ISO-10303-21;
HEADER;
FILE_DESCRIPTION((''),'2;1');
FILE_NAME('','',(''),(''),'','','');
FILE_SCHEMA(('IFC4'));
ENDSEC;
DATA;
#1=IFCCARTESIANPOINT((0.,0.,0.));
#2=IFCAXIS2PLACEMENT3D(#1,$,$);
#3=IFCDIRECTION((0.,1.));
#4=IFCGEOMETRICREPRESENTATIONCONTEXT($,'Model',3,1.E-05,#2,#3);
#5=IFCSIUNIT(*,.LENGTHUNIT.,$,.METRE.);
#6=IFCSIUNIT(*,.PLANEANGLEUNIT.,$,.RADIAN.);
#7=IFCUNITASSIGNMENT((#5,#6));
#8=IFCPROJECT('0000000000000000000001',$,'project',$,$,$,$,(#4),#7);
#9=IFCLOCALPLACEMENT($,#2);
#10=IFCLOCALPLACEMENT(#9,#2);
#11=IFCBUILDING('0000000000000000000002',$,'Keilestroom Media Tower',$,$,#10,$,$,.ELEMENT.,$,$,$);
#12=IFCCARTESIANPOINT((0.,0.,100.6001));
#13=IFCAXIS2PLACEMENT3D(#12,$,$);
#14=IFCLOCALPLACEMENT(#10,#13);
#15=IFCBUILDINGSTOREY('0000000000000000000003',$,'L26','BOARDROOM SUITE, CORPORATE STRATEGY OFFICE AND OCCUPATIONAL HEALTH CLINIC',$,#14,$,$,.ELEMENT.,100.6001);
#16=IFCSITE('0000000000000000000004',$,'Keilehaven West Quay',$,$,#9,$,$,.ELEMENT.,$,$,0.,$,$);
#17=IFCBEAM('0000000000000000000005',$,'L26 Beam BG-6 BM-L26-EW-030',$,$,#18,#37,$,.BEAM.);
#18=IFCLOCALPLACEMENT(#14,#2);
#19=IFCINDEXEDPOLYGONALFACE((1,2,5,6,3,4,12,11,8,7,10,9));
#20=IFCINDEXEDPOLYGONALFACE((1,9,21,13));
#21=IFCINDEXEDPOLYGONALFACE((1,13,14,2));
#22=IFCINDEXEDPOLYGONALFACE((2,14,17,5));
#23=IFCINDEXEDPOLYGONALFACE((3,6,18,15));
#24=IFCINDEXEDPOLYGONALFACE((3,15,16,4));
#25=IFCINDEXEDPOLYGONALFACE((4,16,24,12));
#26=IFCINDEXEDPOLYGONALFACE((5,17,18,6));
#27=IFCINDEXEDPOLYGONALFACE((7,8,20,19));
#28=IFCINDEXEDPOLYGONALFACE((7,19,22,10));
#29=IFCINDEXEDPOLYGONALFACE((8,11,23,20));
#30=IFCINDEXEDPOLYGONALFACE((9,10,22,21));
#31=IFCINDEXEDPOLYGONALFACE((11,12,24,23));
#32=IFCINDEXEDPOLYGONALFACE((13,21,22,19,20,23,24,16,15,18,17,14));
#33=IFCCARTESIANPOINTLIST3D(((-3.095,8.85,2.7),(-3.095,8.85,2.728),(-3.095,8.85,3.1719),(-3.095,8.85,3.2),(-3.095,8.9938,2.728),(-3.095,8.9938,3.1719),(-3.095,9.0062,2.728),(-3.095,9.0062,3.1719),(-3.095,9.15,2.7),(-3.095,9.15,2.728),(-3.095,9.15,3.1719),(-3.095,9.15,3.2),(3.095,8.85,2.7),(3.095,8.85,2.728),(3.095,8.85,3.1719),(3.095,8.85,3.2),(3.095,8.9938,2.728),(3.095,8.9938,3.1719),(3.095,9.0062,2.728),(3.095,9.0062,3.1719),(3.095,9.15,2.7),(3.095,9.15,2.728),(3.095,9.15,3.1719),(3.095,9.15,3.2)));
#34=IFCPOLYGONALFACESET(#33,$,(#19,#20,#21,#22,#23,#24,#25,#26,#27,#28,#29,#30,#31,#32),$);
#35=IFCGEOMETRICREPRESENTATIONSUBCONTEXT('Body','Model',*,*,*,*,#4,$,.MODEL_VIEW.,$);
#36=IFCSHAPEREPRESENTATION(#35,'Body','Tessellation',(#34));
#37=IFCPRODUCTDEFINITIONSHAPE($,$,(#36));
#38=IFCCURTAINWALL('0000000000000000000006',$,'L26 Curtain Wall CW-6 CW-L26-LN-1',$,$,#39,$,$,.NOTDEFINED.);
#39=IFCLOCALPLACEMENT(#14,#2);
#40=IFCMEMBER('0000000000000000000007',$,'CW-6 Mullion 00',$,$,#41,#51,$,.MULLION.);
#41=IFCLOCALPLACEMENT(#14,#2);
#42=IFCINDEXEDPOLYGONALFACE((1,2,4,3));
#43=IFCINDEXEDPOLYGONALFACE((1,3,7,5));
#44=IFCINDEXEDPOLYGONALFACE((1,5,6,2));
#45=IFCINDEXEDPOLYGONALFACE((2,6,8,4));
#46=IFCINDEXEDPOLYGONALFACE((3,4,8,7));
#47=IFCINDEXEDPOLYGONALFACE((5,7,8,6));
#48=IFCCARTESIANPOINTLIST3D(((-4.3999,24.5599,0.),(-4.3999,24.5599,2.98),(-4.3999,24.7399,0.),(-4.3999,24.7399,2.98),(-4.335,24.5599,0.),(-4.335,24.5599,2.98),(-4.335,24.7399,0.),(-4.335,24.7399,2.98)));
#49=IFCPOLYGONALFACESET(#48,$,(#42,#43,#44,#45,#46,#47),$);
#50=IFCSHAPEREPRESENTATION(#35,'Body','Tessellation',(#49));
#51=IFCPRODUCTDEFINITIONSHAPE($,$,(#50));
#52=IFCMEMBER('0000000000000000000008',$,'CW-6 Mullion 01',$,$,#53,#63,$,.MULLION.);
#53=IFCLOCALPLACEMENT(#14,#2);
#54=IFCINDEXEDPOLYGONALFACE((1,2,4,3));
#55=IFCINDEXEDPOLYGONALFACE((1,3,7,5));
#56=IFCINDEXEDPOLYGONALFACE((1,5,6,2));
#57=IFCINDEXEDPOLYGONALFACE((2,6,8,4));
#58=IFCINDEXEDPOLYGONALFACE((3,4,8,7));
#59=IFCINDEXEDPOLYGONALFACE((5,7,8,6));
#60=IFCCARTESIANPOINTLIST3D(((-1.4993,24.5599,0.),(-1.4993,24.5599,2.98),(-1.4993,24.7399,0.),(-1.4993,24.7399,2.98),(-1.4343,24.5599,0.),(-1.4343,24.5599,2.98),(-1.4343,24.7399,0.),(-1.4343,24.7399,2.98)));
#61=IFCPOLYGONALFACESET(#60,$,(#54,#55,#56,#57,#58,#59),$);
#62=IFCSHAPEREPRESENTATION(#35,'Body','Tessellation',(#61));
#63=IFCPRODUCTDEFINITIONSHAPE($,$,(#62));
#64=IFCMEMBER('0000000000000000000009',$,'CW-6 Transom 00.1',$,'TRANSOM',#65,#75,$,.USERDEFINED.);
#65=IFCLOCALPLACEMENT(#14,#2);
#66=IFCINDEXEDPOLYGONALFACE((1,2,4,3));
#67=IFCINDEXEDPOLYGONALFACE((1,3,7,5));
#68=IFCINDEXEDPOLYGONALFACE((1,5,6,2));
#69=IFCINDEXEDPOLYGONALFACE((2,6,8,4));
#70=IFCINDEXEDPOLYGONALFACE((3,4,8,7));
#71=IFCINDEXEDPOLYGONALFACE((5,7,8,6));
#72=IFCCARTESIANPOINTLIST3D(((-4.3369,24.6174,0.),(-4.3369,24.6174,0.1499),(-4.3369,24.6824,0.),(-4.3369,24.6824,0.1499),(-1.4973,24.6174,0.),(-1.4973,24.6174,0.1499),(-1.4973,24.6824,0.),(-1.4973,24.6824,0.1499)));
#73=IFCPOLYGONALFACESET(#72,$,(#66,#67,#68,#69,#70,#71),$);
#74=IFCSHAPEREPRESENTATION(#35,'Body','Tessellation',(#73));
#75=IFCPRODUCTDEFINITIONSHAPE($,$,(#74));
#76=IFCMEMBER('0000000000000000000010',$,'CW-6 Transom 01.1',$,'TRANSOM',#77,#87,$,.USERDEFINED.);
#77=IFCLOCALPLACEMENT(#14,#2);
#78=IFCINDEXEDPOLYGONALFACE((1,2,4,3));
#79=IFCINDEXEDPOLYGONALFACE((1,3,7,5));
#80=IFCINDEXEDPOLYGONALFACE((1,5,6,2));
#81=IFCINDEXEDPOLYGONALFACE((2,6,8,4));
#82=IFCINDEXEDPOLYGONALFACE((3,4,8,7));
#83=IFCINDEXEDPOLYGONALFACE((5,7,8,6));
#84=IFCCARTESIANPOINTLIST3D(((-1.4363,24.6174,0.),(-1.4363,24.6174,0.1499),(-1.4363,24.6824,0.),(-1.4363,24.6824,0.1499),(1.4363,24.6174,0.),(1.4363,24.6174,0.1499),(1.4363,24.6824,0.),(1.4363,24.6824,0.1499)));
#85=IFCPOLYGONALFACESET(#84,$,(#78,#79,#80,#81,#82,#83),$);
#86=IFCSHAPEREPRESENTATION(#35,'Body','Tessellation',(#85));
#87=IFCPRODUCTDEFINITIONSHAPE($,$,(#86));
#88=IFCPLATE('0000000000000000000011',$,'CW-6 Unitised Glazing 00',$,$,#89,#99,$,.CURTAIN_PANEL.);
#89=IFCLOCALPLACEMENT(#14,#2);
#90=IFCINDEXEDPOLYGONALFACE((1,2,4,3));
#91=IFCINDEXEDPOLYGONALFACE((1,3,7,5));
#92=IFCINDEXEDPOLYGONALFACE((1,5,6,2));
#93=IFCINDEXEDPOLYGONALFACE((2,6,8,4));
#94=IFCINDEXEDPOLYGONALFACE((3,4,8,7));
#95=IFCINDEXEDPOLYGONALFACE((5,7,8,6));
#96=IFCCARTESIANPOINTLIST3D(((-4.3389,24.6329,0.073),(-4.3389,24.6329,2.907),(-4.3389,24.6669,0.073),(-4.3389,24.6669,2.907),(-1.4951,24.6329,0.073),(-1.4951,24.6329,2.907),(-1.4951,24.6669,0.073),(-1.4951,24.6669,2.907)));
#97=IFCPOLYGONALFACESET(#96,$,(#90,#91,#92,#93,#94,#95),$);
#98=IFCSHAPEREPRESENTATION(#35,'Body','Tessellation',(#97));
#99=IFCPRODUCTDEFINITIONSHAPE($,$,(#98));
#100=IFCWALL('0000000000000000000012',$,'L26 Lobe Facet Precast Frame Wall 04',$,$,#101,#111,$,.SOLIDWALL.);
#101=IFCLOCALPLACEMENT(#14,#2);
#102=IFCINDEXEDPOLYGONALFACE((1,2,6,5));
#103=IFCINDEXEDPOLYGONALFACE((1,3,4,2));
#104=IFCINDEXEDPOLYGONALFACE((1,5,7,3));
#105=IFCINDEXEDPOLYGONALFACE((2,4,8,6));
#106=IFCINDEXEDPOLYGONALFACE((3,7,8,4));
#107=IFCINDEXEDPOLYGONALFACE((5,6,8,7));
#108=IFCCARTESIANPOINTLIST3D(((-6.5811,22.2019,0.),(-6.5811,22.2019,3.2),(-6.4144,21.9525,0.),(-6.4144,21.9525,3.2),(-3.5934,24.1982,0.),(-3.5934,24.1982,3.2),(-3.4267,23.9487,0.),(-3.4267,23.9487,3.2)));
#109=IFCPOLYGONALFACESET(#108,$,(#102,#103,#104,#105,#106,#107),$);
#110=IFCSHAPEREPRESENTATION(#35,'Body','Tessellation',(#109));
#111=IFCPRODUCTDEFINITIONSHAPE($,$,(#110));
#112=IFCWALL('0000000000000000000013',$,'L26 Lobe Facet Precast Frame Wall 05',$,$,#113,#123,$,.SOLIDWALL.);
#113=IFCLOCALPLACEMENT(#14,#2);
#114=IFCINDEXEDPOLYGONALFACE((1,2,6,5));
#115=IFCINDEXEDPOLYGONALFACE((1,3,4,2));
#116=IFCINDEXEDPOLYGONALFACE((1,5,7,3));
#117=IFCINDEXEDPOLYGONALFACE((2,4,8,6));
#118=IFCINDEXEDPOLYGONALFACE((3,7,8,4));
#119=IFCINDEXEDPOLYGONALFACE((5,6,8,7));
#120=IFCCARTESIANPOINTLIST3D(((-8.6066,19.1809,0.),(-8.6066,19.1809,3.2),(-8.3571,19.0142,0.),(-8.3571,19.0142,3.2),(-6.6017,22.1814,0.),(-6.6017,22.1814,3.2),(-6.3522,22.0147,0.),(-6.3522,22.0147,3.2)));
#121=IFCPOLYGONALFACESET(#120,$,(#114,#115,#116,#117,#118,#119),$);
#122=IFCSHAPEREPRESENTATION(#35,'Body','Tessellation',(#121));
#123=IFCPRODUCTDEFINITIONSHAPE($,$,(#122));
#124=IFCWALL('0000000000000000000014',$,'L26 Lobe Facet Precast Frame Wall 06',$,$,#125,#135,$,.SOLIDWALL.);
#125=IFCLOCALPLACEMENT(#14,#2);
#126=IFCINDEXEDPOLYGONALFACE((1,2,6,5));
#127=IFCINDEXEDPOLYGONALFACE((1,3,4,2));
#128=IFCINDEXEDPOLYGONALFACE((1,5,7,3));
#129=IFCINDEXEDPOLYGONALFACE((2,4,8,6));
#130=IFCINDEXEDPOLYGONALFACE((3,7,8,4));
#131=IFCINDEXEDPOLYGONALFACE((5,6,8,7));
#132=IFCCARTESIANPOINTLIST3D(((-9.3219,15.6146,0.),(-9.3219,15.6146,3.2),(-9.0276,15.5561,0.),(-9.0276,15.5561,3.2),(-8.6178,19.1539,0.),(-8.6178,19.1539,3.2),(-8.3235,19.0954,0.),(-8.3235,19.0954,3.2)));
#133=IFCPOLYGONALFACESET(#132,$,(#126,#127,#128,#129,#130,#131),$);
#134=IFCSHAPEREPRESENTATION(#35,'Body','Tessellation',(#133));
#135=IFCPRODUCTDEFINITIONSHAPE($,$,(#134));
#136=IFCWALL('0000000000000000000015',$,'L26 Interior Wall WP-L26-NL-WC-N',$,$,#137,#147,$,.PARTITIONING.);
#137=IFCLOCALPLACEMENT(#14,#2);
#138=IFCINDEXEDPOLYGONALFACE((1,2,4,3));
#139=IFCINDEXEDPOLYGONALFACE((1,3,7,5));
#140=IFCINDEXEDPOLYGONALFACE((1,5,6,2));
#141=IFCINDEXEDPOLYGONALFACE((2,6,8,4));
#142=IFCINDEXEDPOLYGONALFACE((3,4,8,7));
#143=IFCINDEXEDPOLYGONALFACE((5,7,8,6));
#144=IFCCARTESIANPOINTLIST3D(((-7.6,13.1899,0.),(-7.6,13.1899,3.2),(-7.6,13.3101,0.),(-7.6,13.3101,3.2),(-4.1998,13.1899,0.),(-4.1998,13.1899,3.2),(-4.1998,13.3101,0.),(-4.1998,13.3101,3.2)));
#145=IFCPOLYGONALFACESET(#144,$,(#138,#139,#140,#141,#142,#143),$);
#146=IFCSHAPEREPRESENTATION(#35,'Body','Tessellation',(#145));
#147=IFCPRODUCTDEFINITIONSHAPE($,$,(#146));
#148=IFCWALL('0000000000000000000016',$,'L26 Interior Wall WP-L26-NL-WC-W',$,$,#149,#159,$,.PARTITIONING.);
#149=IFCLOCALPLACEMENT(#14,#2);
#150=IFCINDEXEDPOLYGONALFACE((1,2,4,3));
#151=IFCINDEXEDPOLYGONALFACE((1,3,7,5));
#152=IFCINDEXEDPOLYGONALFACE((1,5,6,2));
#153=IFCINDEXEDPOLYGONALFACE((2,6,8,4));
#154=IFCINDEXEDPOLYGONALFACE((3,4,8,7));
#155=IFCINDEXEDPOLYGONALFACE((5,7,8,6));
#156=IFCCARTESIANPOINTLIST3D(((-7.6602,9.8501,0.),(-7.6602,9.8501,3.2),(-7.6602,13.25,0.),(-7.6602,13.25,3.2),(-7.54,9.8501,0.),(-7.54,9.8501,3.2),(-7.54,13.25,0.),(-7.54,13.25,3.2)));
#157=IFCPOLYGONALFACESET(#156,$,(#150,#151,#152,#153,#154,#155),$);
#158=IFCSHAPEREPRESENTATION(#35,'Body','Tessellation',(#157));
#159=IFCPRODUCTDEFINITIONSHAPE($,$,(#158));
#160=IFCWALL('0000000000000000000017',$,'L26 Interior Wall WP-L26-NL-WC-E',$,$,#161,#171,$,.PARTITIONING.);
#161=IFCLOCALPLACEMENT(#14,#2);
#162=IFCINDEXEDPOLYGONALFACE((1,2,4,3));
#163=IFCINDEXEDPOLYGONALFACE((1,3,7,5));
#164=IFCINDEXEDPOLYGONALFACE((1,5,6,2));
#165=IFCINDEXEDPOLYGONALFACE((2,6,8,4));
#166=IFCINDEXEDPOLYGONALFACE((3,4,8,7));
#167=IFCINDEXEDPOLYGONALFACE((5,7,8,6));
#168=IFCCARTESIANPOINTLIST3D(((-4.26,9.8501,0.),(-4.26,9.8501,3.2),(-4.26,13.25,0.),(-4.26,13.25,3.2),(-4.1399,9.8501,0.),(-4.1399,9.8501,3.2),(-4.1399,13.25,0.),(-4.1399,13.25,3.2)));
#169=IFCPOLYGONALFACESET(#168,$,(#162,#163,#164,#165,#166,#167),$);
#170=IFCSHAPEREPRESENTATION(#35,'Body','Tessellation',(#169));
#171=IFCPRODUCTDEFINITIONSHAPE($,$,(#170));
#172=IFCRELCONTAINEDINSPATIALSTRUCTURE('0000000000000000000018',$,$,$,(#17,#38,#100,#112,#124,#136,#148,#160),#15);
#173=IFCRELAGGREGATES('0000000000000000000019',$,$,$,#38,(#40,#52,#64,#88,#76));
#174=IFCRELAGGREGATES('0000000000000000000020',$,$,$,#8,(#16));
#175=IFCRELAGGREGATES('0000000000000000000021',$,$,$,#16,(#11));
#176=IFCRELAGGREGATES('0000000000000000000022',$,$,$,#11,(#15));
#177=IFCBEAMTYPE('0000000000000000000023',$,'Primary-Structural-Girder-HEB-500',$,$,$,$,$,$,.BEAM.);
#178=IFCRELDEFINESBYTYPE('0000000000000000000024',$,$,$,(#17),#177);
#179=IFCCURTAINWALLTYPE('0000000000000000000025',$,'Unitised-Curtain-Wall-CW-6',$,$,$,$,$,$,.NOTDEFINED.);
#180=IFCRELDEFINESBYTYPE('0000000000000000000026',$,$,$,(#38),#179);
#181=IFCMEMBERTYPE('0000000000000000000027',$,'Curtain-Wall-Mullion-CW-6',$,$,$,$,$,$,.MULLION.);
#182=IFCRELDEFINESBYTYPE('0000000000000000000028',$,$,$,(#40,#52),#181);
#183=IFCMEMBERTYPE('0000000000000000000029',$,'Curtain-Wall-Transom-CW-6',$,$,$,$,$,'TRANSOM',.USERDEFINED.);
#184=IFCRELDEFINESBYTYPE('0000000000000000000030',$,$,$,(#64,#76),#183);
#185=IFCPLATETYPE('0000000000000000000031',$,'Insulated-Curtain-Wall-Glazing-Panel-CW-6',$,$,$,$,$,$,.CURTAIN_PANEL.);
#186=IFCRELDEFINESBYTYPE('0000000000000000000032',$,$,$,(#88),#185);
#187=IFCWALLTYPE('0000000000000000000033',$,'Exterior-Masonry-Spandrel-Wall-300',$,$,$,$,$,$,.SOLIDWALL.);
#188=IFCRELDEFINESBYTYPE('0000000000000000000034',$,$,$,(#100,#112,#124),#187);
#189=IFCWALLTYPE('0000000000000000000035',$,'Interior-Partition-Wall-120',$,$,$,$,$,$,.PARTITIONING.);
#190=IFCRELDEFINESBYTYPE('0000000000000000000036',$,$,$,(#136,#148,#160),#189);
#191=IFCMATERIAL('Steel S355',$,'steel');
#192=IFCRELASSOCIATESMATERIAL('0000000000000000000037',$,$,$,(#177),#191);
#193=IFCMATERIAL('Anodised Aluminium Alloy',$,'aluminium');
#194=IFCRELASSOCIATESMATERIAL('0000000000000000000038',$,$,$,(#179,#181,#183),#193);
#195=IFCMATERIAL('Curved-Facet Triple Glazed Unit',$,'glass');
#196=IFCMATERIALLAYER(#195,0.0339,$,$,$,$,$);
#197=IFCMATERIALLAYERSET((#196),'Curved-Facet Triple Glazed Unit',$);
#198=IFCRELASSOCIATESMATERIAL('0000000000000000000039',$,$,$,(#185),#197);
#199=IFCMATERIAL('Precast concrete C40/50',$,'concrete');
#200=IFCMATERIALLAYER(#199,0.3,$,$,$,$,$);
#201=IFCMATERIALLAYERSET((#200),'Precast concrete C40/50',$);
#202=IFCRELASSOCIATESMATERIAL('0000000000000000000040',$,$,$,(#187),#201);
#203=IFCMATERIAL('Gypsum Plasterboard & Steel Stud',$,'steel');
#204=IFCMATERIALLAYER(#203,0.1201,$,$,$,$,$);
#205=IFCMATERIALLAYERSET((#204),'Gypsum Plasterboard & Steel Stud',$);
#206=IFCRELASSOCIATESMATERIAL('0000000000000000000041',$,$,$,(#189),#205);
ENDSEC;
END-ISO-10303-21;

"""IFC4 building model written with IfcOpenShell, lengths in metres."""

from ifc_helpers import new_model, si_unit, direction, frame, frame_2d, origin, origin_2d, place, context, subcontext, project, spatial, rectangle, i_section, extrude, source, transform, mapped, material, layer, layer_set, material_profile, profile_set, type_object, element, aggregate, save


model = new_model("IFC4")

# Units and contexts
model_context = context("Model", 3, precision=1e-05, world=origin(), true_north=direction((0.0, 1.0)))
body_context = subcontext(model_context, "Body", "Model", "MODEL_VIEW")
ifc_project = project(units=[si_unit("LENGTHUNIT", "METRE"), si_unit("PLANEANGLEUNIT", "RADIAN")], contexts=[model_context])

# Site, building, storey
site_placement = place(None, origin())
site = spatial("IfcSite", under=ifc_project, at=site_placement, Name="Keilehaven West Quay", CompositionType="ELEMENT", RefElevation=0.0)
building_placement = place(site_placement, origin())
building = spatial("IfcBuilding", under=site, at=building_placement, Name="Keilestroom Media Tower", CompositionType="ELEMENT")
storey_placement = place(building_placement, frame((0.0, 0.0, 100.6001)))
storey = spatial("IfcBuildingStorey", under=building, at=storey_placement, Name="L26", Description="BOARDROOM SUITE, CORPORATE STRATEGY OFFICE AND OCCUPATIONAL HEALTH CLINIC", CompositionType="ELEMENT", Elevation=100.6001)

# Shared definitions
ifc_material_1 = material(Name="Steel S355", Category="steel")

# Beam
ifc_material_profile_1 = material_profile(ifc_material_1, i_section(OverallWidth=0.3, OverallDepth=0.5, WebThickness=0.0125, FlangeThickness=0.0281, at=origin_2d()), Name="HEB 500")
ifc_profile_set_1 = profile_set([ifc_material_profile_1], Name="Steel S355")
beam_type = type_object("IfcBeamType", Name="Primary-Structural-Girder-HEB-500", PredefinedType="BEAM", material=ifc_profile_set_1)
shared_shape_1 = source(origin(), body_context, "Body", "SweptSolid", [
    extrude(i_section(OverallWidth=0.3, OverallDepth=0.5, WebThickness=0.0125, FlangeThickness=0.0281, at=origin_2d()), origin(), (0.0, 0.0, 1.0), 6.1899),
])
beam_1_placement = place(storey_placement, frame((-3.095, 9.0, 2.95), z_axis=(1.0, 0.0, 0.0), x_axis=(0.0, 1.0, 0.0)))
element("IfcBeam", 1, at=beam_1_placement, inside=storey, type_object=beam_type, Name="L26 Beam BG-6 BM-L26-EW-030", PredefinedType="BEAM", context=body_context, shape_type="MappedRepresentation", body=[
    mapped(shared_shape_1, transform((0.0, 0.0, 0.0), x_axis=(1.0, 0.0, 0.0), y_axis=(0.0, 1.0, 0.0), z_axis=(0.0, 0.0, 1.0), scale=1.0)),
])

# Curtain wall, members, plate
ifc_material_2 = material(Name="Anodised Aluminium Alloy", Category="aluminium")
curtain_wall_type = type_object("IfcCurtainWallType", Name="Unitised-Curtain-Wall-CW-6", PredefinedType="NOTDEFINED", material=ifc_material_2)
curtain_wall_placement = place(storey_placement, origin())
curtain_wall = element("IfcCurtainWall", 2, at=curtain_wall_placement, inside=storey, type_object=curtain_wall_type, Name="L26 Curtain Wall CW-6 CW-L26-LN-1", PredefinedType="NOTDEFINED")
ifc_material_profile_2 = material_profile(ifc_material_2, rectangle(XDim=0.0649, YDim=0.1799, at=origin_2d()), Name="ALU MULLION 65x180")
ifc_profile_set_2 = profile_set([ifc_material_profile_2], Name="Anodised Aluminium Alloy")
member_type_1 = type_object("IfcMemberType", Name="Curtain-Wall-Mullion-CW-6", PredefinedType="MULLION", material=ifc_profile_set_2)
shared_shape_2 = source(origin(), body_context, "Body", "SweptSolid", [
    extrude(rectangle(XDim=0.0649, YDim=0.1799, at=origin_2d()), origin(), (0.0, 0.0, 1.0), 2.98),
])
member_1_placement = place(storey_placement, frame((-4.3674, 24.6499, 0.0), z_axis=(0.0, 0.0, 1.0), x_axis=(1.0, 0.0, 0.0)))
member_1 = element("IfcMember", 3, at=member_1_placement, type_object=member_type_1, Name="CW-6 Mullion 00", PredefinedType="MULLION", context=body_context, shape_type="MappedRepresentation", body=[
    mapped(shared_shape_2, transform((0.0, 0.0, 0.0), x_axis=(1.0, 0.0, 0.0), y_axis=(0.0, 1.0, 0.0), z_axis=(0.0, 0.0, 1.0), scale=1.0)),
])
member_2_placement = place(storey_placement, frame((-1.4668, 24.6499, 0.0), z_axis=(0.0, 0.0, 1.0), x_axis=(1.0, 0.0, 0.0)))
member_2 = element("IfcMember", 4, at=member_2_placement, type_object=member_type_1, Name="CW-6 Mullion 01", PredefinedType="MULLION", context=body_context, shape_type="MappedRepresentation", body=[
    mapped(shared_shape_2, transform((0.0, 0.0, 0.0), x_axis=(1.0, 0.0, 0.0), y_axis=(0.0, 1.0, 0.0), z_axis=(0.0, 0.0, 1.0), scale=1.0)),
])
ifc_material_profile_3 = material_profile(ifc_material_2, rectangle(XDim=0.0649, YDim=0.1499, at=origin_2d()), Name="ALU TRANSOM 65x150")
ifc_profile_set_3 = profile_set([ifc_material_profile_3], Name="Anodised Aluminium Alloy")
member_type_2 = type_object("IfcMemberType", Name="Curtain-Wall-Transom-CW-6", ElementType="TRANSOM", PredefinedType="USERDEFINED", material=ifc_profile_set_3)
shared_shape_3 = source(origin(), body_context, "Body", "SweptSolid", [
    extrude(rectangle(XDim=0.0649, YDim=0.1499, at=origin_2d()), origin(), (0.0, 0.0, 1.0), 2.8396),
])
member_3_placement = place(storey_placement, frame((-4.3369, 24.6499, 0.075), z_axis=(1.0, 0.0, 0.0), x_axis=(0.0, 1.0, 0.0)))
member_3 = element("IfcMember", 5, at=member_3_placement, type_object=member_type_2, Name="CW-6 Transom 00.1", ObjectType="TRANSOM", PredefinedType="USERDEFINED", context=body_context, shape_type="MappedRepresentation", body=[
    mapped(shared_shape_3, transform((0.0, 0.0, 0.0), x_axis=(1.0, 0.0, 0.0), y_axis=(0.0, 1.0, 0.0), z_axis=(0.0, 0.0, 1.0), scale=1.0)),
])
shared_shape_4 = source(origin(), body_context, "Body", "SweptSolid", [
    extrude(rectangle(XDim=0.0649, YDim=0.1499, at=origin_2d()), origin(), (0.0, 0.0, 1.0), 2.8726),
])
member_4_placement = place(storey_placement, frame((-1.4363, 24.6499, 0.075), z_axis=(1.0, 0.0, 0.0), x_axis=(0.0, 1.0, 0.0)))
member_4 = element("IfcMember", 6, at=member_4_placement, type_object=member_type_2, Name="CW-6 Transom 01.1", ObjectType="TRANSOM", PredefinedType="USERDEFINED", context=body_context, shape_type="MappedRepresentation", body=[
    mapped(shared_shape_4, transform((0.0, 0.0, 0.0), x_axis=(1.0, 0.0, 0.0), y_axis=(0.0, 1.0, 0.0), z_axis=(0.0, 0.0, 1.0), scale=1.0)),
])
ifc_material_3 = material(Name="Curved-Facet Triple Glazed Unit", Category="glass")
ifc_layer_1 = layer(ifc_material_3, 0.0339)
ifc_layer_set_1 = layer_set([ifc_layer_1], Name="Curved-Facet Triple Glazed Unit")
plate_type = type_object("IfcPlateType", Name="Insulated-Curtain-Wall-Glazing-Panel-CW-6", PredefinedType="CURTAIN_PANEL", material=ifc_layer_set_1)
shared_shape_5 = source(origin(), body_context, "Body", "SweptSolid", [
    extrude(rectangle(XDim=2.8438, YDim=0.0339, at=origin_2d()), origin(), (0.0, 0.0, 1.0), 2.834),
])
plate_placement = place(storey_placement, frame((-2.917, 24.6499, 0.073), z_axis=(0.0, 0.0, 1.0), x_axis=(1.0, 0.0, 0.0)))
plate = element("IfcPlate", 7, at=plate_placement, type_object=plate_type, Name="CW-6 Unitised Glazing 00", PredefinedType="CURTAIN_PANEL", context=body_context, shape_type="MappedRepresentation", body=[
    mapped(shared_shape_5, transform((0.0, 0.0, 0.0), x_axis=(1.0, 0.0, 0.0), y_axis=(0.0, 1.0, 0.0), z_axis=(0.0, 0.0, 1.0), scale=1.0)),
])
aggregate(curtain_wall, [member_1, member_2, member_3, plate, member_4])

# Walls
ifc_material_4 = material(Name="Precast concrete C40/50", Category="concrete")
ifc_layer_2 = layer(ifc_material_4, 0.3)
ifc_layer_set_2 = layer_set([ifc_layer_2], Name="Precast concrete C40/50")
wall_type_1 = type_object("IfcWallType", Name="Exterior-Masonry-Spandrel-Wall-300", PredefinedType="SOLIDWALL", material=ifc_layer_set_2)
wall_1_placement = place(storey_placement, frame((-3.51, 24.0735, 0.0), z_axis=(0.0, 0.0, 1.0), x_axis=(-0.831475, -0.555562, 0.0)))
element("IfcWall", 8, at=wall_1_placement, inside=storey, type_object=wall_type_1, Name="L26 Lobe Facet Precast Frame Wall 04", PredefinedType="SOLIDWALL", context=body_context, shape_type="SweptSolid", body=[
    extrude(rectangle(XDim=3.5933, YDim=0.3, at=frame_2d((1.7966, 0.0))), origin(), (0.0, 0.0, 1.0), 3.2),
])
for number, where, z_axis, x_axis, name in (
    (9, (-6.4771, 22.0979, 0.0), (0.0, 0.0, 1.0), (-0.555574, -0.831467, 0.0), "L26 Lobe Facet Precast Frame Wall 05"),
    (10, (-8.4707, 19.1245, 0.0), (0.0, 0.0, 1.0), (-0.195114, -0.980781, 0.0), "L26 Lobe Facet Precast Frame Wall 06"),
):
    element("IfcWall", number, at=place(storey_placement, frame(where, z_axis=z_axis, x_axis=x_axis)), inside=storey, type_object=wall_type_1, Name=name, PredefinedType="SOLIDWALL", context=body_context, shape_type="SweptSolid", body=[
        extrude(rectangle(XDim=3.6086, YDim=0.3, at=frame_2d((1.8042, 0.0))), origin(), (0.0, 0.0, 1.0), 3.2),
    ])
ifc_material_5 = material(Name="Gypsum Plasterboard & Steel Stud", Category="steel")
ifc_layer_3 = layer(ifc_material_5, 0.1201)
ifc_layer_set_3 = layer_set([ifc_layer_3], Name="Gypsum Plasterboard & Steel Stud")
wall_type_2 = type_object("IfcWallType", Name="Interior-Partition-Wall-120", PredefinedType="PARTITIONING", material=ifc_layer_set_3)
wall_2_placement = place(storey_placement, frame((-7.6001, 13.25, 0.0), z_axis=(0.0, 0.0, 1.0), x_axis=(1.0, 0.0, 0.0)))
element("IfcWall", 11, at=wall_2_placement, inside=storey, type_object=wall_type_2, Name="L26 Interior Wall WP-L26-NL-WC-N", PredefinedType="PARTITIONING", context=body_context, shape_type="SweptSolid", body=[
    extrude(rectangle(XDim=3.4001, YDim=0.1201, at=frame_2d((1.7002, 0.0))), origin(), (0.0, 0.0, 1.0), 3.2),
])
for number, where, z_axis, x_axis, name in (
    (12, (-7.6001, 9.8501, 0.0), (0.0, 0.0, 1.0), (0.0, 1.0, 0.0), "L26 Interior Wall WP-L26-NL-WC-W"),
    (13, (-4.2, 9.8501, 0.0), (0.0, 0.0, 1.0), (0.0, 1.0, 0.0), "L26 Interior Wall WP-L26-NL-WC-E"),
):
    element("IfcWall", number, at=place(storey_placement, frame(where, z_axis=z_axis, x_axis=x_axis)), inside=storey, type_object=wall_type_2, Name=name, PredefinedType="PARTITIONING", context=body_context, shape_type="SweptSolid", body=[
        extrude(rectangle(XDim=3.3999, YDim=0.1201, at=frame_2d((1.7, 0.0))), origin(), (0.0, 0.0, 1.0), 3.2),
    ])

save(model, "model.ifc")
